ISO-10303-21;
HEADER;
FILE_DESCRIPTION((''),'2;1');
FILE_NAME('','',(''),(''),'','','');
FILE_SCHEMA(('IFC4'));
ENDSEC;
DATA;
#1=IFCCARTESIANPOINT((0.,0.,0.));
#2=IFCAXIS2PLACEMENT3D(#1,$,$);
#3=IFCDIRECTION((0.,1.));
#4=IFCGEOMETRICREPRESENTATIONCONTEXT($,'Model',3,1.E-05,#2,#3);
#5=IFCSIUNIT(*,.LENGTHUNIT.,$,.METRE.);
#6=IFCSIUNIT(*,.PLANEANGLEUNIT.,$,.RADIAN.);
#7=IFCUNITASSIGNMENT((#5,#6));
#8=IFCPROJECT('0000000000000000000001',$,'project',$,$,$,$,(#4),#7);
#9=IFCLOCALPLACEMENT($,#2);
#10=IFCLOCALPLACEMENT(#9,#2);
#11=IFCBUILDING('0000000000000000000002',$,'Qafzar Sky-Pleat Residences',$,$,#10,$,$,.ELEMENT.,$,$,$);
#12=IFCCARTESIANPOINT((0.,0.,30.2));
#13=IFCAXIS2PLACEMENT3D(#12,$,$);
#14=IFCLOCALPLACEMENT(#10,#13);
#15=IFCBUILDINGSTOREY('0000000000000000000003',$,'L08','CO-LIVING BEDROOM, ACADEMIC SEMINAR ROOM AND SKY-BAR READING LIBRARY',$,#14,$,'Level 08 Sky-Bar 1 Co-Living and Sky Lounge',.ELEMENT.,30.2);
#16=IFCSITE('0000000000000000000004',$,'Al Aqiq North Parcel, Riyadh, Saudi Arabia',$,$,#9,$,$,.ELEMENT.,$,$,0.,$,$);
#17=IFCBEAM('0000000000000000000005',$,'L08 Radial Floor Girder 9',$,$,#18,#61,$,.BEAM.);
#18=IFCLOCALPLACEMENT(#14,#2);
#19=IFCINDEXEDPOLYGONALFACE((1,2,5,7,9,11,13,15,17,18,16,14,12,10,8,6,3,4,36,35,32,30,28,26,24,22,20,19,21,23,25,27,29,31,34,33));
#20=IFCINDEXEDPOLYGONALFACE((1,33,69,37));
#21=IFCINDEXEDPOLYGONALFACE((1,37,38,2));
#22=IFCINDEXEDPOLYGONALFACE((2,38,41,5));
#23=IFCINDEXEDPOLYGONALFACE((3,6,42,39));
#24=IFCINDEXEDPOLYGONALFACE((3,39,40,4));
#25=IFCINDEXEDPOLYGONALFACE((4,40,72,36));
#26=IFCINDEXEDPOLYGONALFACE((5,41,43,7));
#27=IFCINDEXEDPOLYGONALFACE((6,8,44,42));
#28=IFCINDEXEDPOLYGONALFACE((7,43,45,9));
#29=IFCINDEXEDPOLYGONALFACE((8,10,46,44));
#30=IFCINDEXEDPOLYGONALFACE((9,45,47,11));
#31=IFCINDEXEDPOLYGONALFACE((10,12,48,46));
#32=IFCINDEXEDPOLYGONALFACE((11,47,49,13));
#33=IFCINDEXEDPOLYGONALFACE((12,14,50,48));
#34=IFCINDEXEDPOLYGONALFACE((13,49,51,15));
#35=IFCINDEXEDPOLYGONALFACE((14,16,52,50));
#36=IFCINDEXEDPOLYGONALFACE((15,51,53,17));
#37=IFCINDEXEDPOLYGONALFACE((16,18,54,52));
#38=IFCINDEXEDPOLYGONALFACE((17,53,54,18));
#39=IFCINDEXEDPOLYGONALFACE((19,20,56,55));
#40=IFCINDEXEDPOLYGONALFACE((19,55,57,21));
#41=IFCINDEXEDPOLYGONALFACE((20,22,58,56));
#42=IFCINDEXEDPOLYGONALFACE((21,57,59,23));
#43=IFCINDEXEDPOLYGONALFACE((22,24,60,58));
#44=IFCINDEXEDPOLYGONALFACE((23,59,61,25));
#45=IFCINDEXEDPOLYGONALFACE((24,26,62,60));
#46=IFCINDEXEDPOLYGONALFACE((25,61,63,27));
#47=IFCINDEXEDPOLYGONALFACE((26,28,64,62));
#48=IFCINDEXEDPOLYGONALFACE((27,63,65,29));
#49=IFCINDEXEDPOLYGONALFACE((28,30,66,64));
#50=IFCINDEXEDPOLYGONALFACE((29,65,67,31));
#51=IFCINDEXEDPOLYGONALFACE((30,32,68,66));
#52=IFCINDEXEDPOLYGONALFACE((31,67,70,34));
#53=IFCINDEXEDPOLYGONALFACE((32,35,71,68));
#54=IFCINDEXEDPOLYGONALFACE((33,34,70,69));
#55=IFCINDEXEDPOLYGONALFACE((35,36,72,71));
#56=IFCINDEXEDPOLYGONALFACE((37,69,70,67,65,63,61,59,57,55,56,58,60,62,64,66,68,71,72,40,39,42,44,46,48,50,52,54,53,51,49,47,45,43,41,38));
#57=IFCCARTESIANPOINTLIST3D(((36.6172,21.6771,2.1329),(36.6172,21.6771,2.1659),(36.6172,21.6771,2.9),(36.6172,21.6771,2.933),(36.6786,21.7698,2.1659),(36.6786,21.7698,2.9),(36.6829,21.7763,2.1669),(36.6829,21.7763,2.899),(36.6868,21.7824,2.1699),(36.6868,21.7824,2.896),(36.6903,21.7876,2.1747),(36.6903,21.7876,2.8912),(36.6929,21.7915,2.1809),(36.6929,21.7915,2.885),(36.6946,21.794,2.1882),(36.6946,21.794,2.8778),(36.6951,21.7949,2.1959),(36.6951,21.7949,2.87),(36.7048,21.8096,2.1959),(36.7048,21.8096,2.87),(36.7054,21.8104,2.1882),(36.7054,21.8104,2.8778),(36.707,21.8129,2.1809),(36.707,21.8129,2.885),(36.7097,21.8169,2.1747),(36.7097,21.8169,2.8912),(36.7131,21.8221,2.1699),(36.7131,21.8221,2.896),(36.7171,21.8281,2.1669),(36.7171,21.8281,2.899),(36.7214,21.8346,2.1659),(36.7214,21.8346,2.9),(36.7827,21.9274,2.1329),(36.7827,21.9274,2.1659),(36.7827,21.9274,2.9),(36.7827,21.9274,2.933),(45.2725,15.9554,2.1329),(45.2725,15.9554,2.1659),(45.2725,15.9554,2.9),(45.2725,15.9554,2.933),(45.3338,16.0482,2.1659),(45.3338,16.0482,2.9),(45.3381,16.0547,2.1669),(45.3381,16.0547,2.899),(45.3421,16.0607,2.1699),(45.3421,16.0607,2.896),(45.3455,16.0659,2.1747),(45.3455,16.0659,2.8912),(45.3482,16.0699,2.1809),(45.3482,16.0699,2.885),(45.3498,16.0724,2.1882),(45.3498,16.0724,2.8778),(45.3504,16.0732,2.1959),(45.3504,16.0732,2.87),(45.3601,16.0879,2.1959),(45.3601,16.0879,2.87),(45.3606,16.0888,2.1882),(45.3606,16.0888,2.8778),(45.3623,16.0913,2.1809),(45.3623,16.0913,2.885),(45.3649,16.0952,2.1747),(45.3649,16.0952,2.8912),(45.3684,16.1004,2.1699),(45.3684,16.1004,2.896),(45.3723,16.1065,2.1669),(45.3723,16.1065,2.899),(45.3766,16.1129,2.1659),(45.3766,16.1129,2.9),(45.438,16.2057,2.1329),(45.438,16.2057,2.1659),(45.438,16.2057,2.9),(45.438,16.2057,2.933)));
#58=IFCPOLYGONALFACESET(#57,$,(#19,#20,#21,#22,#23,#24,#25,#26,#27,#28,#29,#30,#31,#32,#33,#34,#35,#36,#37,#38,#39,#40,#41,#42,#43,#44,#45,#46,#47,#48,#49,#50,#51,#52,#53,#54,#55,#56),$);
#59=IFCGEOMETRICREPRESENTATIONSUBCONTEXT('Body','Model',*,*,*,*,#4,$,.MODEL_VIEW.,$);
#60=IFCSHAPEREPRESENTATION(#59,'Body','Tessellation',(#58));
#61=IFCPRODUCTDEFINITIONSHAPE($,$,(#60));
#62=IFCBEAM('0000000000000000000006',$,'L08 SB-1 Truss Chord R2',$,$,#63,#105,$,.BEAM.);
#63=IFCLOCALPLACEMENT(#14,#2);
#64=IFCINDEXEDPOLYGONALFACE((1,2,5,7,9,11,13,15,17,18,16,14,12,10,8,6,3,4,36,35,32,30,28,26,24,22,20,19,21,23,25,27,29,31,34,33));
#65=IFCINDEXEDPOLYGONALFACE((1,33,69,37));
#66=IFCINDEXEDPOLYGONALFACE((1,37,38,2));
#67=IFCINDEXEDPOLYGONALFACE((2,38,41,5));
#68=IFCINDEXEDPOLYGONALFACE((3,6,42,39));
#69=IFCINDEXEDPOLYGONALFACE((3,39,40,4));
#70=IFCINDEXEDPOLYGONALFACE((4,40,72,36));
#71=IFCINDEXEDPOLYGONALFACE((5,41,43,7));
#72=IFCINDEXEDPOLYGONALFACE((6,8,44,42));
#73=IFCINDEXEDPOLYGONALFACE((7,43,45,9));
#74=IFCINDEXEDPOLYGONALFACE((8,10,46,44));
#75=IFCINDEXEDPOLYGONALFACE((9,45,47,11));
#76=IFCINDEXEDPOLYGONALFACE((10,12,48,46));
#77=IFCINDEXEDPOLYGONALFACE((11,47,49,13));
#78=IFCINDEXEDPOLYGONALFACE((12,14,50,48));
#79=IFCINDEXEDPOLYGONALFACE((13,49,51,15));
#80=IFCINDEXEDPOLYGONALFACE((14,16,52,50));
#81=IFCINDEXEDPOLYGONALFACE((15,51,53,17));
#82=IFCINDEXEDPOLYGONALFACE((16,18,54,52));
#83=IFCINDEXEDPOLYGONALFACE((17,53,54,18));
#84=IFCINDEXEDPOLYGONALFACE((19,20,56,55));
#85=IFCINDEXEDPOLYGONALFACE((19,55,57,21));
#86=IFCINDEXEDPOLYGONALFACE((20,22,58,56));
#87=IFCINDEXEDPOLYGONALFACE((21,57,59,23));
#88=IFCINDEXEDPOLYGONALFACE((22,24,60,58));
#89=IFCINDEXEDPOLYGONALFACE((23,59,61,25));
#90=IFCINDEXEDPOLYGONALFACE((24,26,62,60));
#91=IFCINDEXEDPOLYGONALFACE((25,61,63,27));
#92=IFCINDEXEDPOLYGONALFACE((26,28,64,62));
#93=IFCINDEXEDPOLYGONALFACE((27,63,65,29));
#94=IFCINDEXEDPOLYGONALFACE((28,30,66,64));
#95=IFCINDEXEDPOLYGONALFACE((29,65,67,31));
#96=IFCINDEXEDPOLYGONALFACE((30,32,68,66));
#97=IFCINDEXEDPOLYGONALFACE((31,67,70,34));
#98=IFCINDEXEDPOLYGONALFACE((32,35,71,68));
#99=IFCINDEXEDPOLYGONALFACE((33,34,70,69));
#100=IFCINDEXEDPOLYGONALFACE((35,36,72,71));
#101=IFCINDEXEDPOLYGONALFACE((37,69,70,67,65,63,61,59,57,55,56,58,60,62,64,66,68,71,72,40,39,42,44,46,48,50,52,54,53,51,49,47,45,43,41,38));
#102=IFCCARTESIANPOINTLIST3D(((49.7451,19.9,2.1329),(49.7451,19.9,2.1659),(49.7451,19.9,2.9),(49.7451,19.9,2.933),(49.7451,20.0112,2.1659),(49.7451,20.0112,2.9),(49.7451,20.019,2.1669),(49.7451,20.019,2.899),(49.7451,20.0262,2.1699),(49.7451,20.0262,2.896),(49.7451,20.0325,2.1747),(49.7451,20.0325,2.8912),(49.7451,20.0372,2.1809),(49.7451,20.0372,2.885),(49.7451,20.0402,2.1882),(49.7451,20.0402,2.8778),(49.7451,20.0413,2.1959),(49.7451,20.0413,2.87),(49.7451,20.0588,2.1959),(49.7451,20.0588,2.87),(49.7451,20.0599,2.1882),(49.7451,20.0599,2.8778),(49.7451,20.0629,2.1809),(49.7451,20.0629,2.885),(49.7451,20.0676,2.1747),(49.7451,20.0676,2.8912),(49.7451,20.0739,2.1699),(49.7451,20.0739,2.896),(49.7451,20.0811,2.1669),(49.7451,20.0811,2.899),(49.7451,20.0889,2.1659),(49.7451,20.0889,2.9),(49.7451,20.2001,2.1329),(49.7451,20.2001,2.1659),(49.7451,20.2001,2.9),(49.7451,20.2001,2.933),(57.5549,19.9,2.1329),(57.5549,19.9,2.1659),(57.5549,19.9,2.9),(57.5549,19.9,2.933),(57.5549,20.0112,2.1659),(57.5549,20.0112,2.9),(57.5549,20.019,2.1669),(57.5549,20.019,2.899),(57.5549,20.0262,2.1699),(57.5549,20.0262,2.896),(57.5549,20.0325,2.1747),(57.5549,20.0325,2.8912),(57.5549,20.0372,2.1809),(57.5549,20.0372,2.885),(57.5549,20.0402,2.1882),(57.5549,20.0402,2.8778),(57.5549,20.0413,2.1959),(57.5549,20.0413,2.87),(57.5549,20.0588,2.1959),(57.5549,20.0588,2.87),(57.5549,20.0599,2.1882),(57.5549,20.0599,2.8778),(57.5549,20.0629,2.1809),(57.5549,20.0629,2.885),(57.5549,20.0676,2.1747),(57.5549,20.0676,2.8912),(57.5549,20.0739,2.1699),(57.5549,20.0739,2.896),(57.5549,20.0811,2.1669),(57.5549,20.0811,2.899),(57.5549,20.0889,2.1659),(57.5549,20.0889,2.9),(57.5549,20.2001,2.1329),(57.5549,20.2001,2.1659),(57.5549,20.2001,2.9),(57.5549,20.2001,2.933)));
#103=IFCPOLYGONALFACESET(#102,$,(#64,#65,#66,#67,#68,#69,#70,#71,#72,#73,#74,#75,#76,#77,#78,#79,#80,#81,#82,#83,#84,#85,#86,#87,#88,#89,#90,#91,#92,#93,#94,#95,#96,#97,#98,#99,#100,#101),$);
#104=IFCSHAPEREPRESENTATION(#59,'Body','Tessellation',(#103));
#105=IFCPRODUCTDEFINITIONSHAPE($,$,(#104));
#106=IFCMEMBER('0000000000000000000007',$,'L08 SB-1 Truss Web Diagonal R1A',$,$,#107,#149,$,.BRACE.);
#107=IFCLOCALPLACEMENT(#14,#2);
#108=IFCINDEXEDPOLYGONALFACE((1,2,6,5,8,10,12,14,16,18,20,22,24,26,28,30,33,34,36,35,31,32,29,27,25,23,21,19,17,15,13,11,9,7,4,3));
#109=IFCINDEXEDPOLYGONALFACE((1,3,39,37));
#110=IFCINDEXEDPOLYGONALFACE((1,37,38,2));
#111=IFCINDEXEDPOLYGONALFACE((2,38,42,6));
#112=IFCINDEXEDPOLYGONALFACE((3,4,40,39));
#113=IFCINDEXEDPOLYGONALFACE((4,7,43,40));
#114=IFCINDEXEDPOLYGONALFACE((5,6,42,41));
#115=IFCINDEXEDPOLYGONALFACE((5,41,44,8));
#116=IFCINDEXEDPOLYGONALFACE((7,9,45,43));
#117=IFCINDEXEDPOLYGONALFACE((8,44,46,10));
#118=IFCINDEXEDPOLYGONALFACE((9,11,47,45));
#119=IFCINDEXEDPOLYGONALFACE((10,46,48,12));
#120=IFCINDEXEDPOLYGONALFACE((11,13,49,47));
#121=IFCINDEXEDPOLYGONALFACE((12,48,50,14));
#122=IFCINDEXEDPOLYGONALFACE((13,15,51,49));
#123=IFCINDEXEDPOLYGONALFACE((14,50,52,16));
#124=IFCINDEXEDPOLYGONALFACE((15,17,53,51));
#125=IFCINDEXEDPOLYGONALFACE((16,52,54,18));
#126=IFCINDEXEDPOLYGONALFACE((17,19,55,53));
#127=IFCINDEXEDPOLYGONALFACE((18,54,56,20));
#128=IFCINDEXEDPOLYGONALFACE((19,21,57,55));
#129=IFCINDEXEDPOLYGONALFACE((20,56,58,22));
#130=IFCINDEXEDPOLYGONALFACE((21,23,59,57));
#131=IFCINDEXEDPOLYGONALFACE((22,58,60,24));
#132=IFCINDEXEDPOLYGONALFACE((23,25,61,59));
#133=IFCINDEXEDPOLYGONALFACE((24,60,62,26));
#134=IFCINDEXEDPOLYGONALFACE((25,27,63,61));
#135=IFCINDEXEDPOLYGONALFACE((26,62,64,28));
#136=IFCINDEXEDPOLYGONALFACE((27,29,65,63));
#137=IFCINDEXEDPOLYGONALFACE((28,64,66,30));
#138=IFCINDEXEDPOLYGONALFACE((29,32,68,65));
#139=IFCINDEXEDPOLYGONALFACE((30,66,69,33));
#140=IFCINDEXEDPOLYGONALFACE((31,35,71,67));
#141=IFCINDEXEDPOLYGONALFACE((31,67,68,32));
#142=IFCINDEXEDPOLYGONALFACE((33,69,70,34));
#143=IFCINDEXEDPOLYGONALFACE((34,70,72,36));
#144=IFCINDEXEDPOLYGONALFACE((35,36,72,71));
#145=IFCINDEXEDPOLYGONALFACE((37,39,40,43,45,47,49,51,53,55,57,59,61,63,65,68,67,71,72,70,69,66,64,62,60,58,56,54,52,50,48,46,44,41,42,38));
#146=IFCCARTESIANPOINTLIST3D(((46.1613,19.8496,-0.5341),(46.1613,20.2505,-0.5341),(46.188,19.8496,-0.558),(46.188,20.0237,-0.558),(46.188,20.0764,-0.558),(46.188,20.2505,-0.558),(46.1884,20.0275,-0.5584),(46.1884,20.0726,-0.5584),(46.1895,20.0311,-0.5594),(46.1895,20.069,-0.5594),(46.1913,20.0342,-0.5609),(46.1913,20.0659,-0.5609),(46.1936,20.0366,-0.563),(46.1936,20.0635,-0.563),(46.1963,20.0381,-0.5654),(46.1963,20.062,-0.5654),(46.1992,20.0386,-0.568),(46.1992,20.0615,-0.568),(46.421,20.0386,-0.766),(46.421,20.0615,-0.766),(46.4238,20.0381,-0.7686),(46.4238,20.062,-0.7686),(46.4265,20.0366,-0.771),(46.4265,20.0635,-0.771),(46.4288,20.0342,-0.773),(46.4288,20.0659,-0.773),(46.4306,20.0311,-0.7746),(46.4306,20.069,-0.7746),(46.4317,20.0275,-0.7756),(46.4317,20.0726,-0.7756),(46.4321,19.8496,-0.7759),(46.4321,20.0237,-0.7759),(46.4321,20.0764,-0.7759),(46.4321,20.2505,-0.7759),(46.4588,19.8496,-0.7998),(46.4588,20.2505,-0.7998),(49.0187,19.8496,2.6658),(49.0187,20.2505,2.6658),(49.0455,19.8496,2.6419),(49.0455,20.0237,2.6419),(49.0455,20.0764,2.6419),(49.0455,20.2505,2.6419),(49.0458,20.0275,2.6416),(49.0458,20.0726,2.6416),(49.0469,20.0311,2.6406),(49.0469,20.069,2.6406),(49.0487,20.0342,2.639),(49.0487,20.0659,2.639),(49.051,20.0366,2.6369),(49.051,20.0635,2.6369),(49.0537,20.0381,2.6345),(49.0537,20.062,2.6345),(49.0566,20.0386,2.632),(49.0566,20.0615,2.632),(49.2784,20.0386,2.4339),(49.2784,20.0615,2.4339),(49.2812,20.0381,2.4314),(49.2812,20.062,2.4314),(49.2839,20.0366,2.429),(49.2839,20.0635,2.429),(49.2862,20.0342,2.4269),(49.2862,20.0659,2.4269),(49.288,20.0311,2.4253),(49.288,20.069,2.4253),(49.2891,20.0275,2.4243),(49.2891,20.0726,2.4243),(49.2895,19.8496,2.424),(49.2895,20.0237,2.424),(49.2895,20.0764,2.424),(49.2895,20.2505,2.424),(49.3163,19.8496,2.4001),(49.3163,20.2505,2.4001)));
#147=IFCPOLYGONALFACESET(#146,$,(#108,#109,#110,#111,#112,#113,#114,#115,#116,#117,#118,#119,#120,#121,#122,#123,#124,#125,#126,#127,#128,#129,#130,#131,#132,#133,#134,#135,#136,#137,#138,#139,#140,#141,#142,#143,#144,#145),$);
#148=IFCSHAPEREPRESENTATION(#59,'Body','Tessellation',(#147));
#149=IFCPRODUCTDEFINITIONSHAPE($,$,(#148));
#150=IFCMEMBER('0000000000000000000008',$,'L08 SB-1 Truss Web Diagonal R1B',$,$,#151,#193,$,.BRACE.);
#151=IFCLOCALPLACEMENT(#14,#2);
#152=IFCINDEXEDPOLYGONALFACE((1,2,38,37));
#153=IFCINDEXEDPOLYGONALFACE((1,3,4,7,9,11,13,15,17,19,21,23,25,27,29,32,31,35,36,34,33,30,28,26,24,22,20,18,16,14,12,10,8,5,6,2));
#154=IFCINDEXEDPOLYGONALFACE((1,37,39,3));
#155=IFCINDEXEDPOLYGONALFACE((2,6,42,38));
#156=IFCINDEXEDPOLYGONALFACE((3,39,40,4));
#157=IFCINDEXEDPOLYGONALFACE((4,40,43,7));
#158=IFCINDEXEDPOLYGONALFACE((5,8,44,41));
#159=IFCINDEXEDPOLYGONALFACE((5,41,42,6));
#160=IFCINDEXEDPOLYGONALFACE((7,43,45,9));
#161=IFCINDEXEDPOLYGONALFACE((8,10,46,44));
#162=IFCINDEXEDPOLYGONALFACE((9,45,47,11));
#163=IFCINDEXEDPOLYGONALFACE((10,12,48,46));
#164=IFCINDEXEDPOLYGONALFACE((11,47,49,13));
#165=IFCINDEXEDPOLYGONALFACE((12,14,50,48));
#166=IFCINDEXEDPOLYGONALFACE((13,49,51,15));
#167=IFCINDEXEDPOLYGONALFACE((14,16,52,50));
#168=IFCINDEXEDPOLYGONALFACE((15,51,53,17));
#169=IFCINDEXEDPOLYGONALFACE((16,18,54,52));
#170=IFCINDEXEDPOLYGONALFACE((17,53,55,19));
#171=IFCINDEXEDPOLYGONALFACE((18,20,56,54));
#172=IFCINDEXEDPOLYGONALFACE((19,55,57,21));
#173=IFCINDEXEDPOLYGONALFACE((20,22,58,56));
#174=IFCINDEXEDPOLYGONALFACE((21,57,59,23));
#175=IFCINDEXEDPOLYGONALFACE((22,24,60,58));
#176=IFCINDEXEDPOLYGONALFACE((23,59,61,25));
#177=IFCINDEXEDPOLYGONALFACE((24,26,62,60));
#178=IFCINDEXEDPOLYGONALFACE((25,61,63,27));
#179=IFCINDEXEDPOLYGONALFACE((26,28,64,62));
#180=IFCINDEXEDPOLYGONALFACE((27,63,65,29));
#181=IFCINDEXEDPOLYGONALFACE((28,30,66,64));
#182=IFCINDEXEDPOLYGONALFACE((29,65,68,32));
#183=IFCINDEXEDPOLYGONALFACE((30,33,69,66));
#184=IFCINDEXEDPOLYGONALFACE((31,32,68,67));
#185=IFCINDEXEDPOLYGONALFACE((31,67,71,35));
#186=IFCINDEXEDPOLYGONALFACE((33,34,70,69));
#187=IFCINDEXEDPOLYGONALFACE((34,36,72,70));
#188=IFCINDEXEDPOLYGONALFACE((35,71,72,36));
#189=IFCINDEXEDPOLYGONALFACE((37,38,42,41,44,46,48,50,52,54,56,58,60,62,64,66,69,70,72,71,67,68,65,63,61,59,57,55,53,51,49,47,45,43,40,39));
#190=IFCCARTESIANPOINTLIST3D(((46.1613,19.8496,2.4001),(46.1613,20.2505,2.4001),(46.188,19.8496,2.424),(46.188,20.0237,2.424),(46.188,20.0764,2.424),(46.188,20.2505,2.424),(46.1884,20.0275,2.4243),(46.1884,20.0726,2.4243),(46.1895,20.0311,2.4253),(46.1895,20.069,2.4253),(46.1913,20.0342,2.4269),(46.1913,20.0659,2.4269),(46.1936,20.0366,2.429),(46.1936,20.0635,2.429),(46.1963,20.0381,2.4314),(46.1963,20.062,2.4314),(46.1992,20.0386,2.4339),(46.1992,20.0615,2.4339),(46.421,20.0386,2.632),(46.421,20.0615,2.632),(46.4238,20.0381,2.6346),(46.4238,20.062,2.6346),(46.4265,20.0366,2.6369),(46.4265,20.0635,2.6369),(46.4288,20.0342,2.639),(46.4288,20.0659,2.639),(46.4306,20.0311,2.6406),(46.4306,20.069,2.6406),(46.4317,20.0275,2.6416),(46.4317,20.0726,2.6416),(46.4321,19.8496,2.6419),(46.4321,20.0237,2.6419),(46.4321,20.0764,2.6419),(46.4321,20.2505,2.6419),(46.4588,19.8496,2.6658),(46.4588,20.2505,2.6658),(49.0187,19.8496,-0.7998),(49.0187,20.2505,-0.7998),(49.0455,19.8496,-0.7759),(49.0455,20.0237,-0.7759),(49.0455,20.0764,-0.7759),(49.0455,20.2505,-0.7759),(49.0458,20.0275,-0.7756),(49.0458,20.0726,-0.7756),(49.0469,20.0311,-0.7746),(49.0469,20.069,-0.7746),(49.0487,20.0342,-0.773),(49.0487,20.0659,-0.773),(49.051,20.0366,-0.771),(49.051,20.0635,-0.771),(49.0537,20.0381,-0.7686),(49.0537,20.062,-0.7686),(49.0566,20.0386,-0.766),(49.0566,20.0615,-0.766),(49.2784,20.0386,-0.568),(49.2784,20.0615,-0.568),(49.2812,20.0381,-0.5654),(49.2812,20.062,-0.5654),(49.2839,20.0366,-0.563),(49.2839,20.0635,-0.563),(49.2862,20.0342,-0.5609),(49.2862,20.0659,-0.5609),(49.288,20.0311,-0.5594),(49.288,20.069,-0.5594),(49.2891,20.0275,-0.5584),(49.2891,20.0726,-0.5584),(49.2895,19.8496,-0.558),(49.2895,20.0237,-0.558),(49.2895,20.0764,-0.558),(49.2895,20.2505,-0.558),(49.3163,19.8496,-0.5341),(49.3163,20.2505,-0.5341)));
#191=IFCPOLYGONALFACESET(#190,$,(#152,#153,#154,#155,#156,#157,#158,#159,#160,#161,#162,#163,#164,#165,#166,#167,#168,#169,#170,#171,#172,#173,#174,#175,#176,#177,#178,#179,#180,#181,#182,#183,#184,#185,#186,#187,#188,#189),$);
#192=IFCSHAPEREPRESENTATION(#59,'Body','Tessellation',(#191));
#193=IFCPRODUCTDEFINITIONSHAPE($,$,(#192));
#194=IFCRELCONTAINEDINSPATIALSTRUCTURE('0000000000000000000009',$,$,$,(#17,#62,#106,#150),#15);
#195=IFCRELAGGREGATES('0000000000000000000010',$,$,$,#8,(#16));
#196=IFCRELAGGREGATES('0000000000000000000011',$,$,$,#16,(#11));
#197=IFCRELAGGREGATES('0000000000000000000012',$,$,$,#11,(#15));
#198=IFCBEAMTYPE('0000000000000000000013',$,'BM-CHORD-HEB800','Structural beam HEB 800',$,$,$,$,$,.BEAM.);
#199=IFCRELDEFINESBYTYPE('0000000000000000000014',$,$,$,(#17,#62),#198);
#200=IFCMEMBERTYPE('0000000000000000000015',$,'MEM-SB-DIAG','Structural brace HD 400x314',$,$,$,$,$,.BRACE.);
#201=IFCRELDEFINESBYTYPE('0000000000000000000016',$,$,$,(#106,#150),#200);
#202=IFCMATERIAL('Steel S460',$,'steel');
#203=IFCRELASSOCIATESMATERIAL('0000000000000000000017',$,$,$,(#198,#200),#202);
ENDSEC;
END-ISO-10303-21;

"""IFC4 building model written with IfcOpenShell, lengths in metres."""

from ifc_helpers import new_model, si_unit, direction, frame, origin, origin_2d, place, context, subcontext, project, spatial, i_section, extrude, source, transform, mapped, material, material_profile, profile_set, type_object, element, save


model = new_model("IFC4")

# Units and contexts
model_context = context("Model", 3, precision=1e-05, world=origin(), true_north=direction((0.0, 1.0)))
body_context = subcontext(model_context, "Body", "Model", "MODEL_VIEW")
ifc_project = project(units=[si_unit("LENGTHUNIT", "METRE"), si_unit("PLANEANGLEUNIT", "RADIAN")], contexts=[model_context])

# Site, building, storey
site_placement = place(None, origin())
site = spatial("IfcSite", under=ifc_project, at=site_placement, Name="Al Aqiq North Parcel, Riyadh, Saudi Arabia", CompositionType="ELEMENT", RefElevation=0.0)
building_placement = place(site_placement, origin())
building = spatial("IfcBuilding", under=site, at=building_placement, Name="Qafzar Sky-Pleat Residences", CompositionType="ELEMENT")
storey_placement = place(building_placement, frame((0.0, 0.0, 30.2)))
storey = spatial("IfcBuildingStorey", under=building, at=storey_placement, Name="L08", Description="CO-LIVING BEDROOM, ACADEMIC SEMINAR ROOM AND SKY-BAR READING LIBRARY", LongName="Level 08 Sky-Bar 1 Co-Living and Sky Lounge", CompositionType="ELEMENT", Elevation=30.2)

# Shared definitions
ifc_material_1 = material(Name="Steel S460", Category="steel")

# Beams
ifc_material_profile_1 = material_profile(ifc_material_1, i_section(OverallWidth=0.3, OverallDepth=0.8, WebThickness=0.0176, FlangeThickness=0.033, FilletRadius=0.03, at=origin_2d()), Name="HEB 800")
ifc_profile_set_1 = profile_set([ifc_material_profile_1], Name="Steel S460")
beam_type_1 = type_object("IfcBeamType", Name="BM-CHORD-HEB800", Description="Structural beam HEB 800", PredefinedType="BEAM", material=ifc_profile_set_1)
shared_shape_1 = source(origin(), body_context, "Body", "SweptSolid", [
    extrude(i_section(OverallWidth=0.3, OverallDepth=0.8, WebThickness=0.0176, FlangeThickness=0.033, FilletRadius=0.03, at=origin_2d()), origin(), (0.0, 0.0, 1.0), 10.3755),
])
beam_1_placement = place(storey_placement, frame((45.3552, 16.0806, 2.533), z_axis=(-0.834202, 0.55146, 0.0), x_axis=(-0.55146, -0.834202, 0.0)))
element("IfcBeam", 1, at=beam_1_placement, inside=storey, type_object=beam_type_1, Name="L08 Radial Floor Girder 9", PredefinedType="BEAM", context=body_context, shape_type="MappedRepresentation", body=[
    mapped(shared_shape_1, transform((0.0, 0.0, 0.0), x_axis=(1.0, 0.0, 0.0), y_axis=(0.0, 1.0, 0.0), z_axis=(0.0, 0.0, 1.0), scale=1.0)),
])
shared_shape_2 = source(origin(), body_context, "Body", "SweptSolid", [
    extrude(i_section(OverallWidth=0.3, OverallDepth=0.8, WebThickness=0.0176, FlangeThickness=0.033, FilletRadius=0.03, at=origin_2d()), origin(), (0.0, 0.0, 1.0), 7.8098),
])
beam_2_placement = place(storey_placement, frame((49.7451, 20.05, 2.533), z_axis=(1.0, 0.0, 0.0), x_axis=(0.0, 1.0, 0.0)))
element("IfcBeam", 2, at=beam_2_placement, inside=storey, type_object=beam_type_1, Name="L08 SB-1 Truss Chord R2", PredefinedType="BEAM", context=body_context, shape_type="MappedRepresentation", body=[
    mapped(shared_shape_2, transform((0.0, 0.0, 0.0), x_axis=(1.0, 0.0, 0.0), y_axis=(0.0, 1.0, 0.0), z_axis=(0.0, 0.0, 1.0), scale=1.0)),
])

# Members
ifc_material_profile_2 = material_profile(ifc_material_1, i_section(OverallWidth=0.4009, OverallDepth=0.3989, WebThickness=0.0229, FlangeThickness=0.0359, FilletRadius=0.0149, at=origin_2d()), Name="HD 400x314")
ifc_profile_set_2 = profile_set([ifc_material_profile_2], Name="Steel S460")
member_type = type_object("IfcMemberType", Name="MEM-SB-DIAG", Description="Structural brace HD 400x314", PredefinedType="BRACE", material=ifc_profile_set_2)
shared_shape_3 = source(origin(), body_context, "Body", "SweptSolid", [
    extrude(i_section(OverallWidth=0.4009, OverallDepth=0.3989, WebThickness=0.0229, FlangeThickness=0.0359, FilletRadius=0.0149, at=origin_2d()), origin(), (0.0, 0.0, 1.0), 4.29),
])
for number, where, z_axis, x_axis, name in (
    (3, (46.3101, 20.05, -0.667), (0.666058, 0.0, 0.7459), (0.0, 1.0, 0.0), "L08 SB-1 Truss Web Diagonal R1A"),
    (4, (46.3101, 20.05, 2.533), (0.666058, 0.0, -0.7459), (0.0, 1.0, 0.0), "L08 SB-1 Truss Web Diagonal R1B"),
):
    element("IfcMember", number, at=place(storey_placement, frame(where, z_axis=z_axis, x_axis=x_axis)), inside=storey, type_object=member_type, Name=name, PredefinedType="BRACE", context=body_context, shape_type="MappedRepresentation", body=[
        mapped(shared_shape_3, transform((0.0, 0.0, 0.0), x_axis=(1.0, 0.0, 0.0), y_axis=(0.0, 1.0, 0.0), z_axis=(0.0, 0.0, 1.0), scale=1.0)),
    ])

save(model, "model.ifc")
